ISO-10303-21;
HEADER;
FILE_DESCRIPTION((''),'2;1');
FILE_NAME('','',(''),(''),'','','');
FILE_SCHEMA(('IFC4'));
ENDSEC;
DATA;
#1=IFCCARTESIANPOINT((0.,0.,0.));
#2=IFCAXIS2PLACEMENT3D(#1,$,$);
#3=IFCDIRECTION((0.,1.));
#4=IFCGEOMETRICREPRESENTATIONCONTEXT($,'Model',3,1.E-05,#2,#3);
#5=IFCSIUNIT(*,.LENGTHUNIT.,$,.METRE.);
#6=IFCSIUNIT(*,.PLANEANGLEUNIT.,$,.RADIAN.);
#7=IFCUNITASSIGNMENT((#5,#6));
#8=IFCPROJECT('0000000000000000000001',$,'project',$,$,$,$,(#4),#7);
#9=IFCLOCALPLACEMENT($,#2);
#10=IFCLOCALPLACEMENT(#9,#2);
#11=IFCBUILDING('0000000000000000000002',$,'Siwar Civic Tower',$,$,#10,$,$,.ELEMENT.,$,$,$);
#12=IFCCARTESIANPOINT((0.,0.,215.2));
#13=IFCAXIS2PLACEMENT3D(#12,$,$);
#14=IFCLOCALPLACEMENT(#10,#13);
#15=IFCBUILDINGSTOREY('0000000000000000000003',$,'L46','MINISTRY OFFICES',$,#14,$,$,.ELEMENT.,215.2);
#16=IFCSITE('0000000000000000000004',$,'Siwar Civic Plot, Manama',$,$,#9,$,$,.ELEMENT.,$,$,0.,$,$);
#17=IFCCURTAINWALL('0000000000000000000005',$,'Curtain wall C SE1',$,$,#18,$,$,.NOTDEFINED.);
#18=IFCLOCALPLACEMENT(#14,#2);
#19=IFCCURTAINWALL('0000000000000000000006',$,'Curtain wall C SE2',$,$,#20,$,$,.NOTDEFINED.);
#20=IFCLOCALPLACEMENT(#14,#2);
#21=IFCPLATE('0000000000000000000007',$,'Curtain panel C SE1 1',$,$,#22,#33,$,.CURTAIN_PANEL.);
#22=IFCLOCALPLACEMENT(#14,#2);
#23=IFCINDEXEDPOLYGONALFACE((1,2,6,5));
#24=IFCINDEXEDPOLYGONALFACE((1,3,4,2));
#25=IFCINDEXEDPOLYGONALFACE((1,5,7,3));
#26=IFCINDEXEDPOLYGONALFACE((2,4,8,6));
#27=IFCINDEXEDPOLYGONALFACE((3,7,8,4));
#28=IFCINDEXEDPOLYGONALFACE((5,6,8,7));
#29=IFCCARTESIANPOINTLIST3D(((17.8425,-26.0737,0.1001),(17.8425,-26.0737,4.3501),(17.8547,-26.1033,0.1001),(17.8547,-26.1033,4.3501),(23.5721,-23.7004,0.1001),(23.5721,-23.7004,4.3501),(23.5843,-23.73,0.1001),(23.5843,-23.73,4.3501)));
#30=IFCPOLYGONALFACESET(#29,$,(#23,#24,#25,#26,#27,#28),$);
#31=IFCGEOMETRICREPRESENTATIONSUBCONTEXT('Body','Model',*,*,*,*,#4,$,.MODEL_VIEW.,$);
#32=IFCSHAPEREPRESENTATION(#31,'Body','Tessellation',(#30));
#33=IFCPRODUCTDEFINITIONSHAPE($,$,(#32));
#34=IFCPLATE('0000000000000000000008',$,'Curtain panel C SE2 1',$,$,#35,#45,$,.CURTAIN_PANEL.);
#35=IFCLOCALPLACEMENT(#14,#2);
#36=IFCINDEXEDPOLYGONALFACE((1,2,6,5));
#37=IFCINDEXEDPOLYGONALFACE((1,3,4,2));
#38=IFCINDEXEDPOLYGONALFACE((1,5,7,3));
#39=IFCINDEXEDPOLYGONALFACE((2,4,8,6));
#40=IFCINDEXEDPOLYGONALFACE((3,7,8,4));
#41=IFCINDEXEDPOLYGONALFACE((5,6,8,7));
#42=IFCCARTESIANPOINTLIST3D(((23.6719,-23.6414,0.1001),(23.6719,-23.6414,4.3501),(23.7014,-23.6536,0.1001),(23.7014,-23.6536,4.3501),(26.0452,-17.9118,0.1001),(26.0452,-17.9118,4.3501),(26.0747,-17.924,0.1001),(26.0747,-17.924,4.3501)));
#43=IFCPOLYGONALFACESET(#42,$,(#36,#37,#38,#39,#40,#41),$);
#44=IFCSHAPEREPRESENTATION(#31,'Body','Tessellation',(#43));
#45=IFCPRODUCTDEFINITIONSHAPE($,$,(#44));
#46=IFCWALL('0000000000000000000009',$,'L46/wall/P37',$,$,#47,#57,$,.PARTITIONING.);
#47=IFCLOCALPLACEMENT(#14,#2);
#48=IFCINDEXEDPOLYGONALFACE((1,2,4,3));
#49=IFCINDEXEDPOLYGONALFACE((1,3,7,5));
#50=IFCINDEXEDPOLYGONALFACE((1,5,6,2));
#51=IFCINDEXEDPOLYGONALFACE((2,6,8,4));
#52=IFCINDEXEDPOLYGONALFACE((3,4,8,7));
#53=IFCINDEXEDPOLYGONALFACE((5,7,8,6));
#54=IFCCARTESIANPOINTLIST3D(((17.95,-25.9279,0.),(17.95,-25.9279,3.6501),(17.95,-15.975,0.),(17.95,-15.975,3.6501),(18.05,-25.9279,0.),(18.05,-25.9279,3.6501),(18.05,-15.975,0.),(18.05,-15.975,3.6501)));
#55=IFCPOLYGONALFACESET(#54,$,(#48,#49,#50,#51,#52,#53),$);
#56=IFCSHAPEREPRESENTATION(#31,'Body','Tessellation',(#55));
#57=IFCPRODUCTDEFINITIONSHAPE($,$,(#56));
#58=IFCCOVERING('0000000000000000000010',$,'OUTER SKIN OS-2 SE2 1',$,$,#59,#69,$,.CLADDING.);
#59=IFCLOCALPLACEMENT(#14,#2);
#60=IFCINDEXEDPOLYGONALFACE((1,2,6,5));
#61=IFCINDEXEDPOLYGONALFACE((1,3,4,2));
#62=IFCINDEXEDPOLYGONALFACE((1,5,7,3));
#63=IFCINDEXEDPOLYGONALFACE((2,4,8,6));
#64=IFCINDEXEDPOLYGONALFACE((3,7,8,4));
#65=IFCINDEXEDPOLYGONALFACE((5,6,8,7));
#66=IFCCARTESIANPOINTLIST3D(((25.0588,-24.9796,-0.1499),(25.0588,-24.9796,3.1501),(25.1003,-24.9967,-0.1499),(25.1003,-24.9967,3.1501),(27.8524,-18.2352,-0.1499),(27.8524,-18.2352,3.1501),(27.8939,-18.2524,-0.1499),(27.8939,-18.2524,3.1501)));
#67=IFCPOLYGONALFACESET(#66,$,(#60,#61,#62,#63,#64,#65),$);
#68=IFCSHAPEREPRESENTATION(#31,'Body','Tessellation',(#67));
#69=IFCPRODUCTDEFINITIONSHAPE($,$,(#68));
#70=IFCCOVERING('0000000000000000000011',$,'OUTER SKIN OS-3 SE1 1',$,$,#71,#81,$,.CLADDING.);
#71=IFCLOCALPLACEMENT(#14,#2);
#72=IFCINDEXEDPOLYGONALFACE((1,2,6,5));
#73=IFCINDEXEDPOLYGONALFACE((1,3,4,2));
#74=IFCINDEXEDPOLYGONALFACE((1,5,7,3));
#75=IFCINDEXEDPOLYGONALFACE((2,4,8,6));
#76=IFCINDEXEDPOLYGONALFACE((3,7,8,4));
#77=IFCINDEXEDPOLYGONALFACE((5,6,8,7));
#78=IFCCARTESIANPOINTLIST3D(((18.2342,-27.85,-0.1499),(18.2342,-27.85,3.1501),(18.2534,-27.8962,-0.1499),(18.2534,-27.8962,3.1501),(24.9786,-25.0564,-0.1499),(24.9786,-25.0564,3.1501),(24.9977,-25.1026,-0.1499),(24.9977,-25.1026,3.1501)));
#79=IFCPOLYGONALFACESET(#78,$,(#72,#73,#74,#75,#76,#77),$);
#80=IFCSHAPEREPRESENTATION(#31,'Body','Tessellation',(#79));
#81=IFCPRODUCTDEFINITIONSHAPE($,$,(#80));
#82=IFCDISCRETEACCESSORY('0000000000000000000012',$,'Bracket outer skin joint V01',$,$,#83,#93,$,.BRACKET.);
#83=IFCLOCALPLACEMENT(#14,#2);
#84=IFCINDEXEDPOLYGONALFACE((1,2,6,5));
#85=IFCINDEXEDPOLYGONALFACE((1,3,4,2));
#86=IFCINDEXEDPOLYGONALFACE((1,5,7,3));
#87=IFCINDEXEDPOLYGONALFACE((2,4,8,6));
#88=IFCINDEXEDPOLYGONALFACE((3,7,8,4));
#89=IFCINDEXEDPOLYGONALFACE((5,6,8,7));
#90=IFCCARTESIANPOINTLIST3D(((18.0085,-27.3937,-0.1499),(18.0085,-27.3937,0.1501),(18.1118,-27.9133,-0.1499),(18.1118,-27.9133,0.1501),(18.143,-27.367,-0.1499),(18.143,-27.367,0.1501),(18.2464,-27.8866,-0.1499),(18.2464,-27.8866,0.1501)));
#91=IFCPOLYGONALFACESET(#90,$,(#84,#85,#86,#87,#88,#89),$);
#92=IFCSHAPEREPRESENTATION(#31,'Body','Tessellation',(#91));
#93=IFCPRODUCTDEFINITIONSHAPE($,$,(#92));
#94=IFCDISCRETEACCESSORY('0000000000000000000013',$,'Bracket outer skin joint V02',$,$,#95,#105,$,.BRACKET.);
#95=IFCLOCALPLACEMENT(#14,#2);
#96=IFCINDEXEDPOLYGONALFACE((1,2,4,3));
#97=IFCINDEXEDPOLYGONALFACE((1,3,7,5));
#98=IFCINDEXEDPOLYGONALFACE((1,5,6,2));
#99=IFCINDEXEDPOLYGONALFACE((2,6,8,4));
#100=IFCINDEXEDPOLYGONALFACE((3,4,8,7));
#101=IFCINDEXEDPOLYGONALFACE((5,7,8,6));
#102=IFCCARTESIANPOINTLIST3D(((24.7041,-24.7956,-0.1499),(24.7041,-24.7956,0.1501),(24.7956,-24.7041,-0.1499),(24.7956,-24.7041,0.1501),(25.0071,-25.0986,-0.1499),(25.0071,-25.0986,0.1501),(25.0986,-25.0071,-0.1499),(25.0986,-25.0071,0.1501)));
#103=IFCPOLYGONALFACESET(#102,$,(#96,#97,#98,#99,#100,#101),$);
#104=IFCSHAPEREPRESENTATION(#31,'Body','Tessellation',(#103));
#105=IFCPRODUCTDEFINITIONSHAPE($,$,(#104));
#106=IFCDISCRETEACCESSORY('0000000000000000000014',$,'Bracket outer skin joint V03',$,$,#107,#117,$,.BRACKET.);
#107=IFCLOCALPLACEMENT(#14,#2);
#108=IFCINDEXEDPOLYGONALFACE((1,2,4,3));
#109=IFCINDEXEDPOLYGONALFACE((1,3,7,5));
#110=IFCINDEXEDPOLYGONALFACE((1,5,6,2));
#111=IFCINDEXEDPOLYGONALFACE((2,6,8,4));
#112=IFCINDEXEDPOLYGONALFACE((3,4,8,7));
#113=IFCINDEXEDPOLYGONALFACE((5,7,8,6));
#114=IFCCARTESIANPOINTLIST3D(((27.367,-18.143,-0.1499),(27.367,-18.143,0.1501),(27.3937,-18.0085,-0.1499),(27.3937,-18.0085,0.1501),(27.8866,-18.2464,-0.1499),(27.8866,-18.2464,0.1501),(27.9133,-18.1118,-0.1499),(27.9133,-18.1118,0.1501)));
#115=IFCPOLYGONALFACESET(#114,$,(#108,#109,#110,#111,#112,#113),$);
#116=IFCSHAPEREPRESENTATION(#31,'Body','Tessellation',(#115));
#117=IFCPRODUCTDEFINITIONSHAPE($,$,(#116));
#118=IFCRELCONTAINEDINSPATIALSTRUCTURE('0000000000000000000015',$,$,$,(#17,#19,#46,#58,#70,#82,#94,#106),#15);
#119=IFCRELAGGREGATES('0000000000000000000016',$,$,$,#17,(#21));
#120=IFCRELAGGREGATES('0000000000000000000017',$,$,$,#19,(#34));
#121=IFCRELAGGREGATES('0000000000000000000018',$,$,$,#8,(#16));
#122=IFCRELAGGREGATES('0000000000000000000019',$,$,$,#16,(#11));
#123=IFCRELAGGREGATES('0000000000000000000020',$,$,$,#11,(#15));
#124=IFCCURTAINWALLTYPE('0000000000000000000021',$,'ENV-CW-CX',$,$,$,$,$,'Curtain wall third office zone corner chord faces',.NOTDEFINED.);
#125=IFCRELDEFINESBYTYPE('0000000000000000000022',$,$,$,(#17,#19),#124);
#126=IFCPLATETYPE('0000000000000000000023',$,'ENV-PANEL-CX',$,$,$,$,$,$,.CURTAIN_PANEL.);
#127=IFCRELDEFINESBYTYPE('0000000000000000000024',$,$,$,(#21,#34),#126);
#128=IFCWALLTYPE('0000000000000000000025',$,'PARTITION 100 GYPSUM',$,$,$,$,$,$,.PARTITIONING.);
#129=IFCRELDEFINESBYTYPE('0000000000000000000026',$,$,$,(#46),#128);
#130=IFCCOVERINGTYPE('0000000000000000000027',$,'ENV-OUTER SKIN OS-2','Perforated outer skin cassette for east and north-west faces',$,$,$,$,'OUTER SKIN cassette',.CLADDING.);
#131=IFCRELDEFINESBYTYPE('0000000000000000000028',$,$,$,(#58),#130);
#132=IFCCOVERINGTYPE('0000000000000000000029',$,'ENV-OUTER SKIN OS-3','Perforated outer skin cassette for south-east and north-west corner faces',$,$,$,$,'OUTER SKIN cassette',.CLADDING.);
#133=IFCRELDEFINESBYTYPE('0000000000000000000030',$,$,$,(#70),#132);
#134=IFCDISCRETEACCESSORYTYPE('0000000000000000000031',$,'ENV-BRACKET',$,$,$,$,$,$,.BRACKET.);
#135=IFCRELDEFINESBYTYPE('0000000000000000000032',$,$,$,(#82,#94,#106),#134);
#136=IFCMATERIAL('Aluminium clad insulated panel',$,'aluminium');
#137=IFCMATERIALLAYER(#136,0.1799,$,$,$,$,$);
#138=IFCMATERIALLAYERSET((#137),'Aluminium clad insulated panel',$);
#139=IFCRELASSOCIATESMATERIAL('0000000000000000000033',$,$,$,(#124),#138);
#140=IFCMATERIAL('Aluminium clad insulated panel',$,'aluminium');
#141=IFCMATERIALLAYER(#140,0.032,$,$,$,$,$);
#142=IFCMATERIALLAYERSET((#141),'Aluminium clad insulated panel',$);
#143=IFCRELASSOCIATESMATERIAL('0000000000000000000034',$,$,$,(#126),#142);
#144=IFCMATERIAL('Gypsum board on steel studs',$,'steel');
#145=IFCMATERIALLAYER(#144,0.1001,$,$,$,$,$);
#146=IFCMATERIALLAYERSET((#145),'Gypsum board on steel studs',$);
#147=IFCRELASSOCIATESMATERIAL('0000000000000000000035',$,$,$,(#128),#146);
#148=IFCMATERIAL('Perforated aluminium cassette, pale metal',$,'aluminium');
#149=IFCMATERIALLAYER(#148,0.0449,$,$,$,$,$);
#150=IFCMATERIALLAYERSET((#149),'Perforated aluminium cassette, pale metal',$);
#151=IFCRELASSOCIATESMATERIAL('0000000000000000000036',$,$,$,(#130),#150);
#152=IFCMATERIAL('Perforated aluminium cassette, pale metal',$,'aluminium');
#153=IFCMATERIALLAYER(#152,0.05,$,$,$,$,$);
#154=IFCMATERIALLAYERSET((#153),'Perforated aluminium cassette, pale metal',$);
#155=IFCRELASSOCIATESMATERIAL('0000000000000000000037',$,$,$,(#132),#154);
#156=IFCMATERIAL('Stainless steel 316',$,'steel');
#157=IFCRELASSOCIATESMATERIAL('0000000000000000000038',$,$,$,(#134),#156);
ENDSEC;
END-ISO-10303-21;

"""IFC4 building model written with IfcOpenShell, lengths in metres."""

from ifc_helpers import new_model, si_unit, direction, frame, frame_2d, origin, origin_2d, place, context, subcontext, project, spatial, rectangle, extrude, material, layer, layer_set, type_object, element, aggregate, save


model = new_model("IFC4")

# Units and contexts
model_context = context("Model", 3, precision=1e-05, world=origin(), true_north=direction((0.0, 1.0)))
body_context = subcontext(model_context, "Body", "Model", "MODEL_VIEW")
ifc_project = project(units=[si_unit("LENGTHUNIT", "METRE"), si_unit("PLANEANGLEUNIT", "RADIAN")], contexts=[model_context])

# Site, building, storey
site_placement = place(None, origin())
site = spatial("IfcSite", under=ifc_project, at=site_placement, Name="Siwar Civic Plot, Manama", CompositionType="ELEMENT", RefElevation=0.0)
building_placement = place(site_placement, origin())
building = spatial("IfcBuilding", under=site, at=building_placement, Name="Siwar Civic Tower", CompositionType="ELEMENT")
storey_placement = place(building_placement, frame((0.0, 0.0, 215.2)))
storey = spatial("IfcBuildingStorey", under=building, at=storey_placement, Name="L46", Description="MINISTRY OFFICES", CompositionType="ELEMENT", Elevation=215.2)

# Curtain walls
ifc_material_1 = material(Name="Aluminium clad insulated panel", Category="aluminium")
ifc_layer_1 = layer(ifc_material_1, 0.1799)
ifc_layer_set_1 = layer_set([ifc_layer_1], Name="Aluminium clad insulated panel")
curtain_wall_type = type_object("IfcCurtainWallType", Name="ENV-CW-CX", ElementType="Curtain wall third office zone corner chord faces", PredefinedType="NOTDEFINED", material=ifc_layer_set_1)
curtain_wall_1_placement = place(storey_placement, origin())
curtain_wall_1 = element("IfcCurtainWall", 1, at=curtain_wall_1_placement, inside=storey, type_object=curtain_wall_type, Name="Curtain wall C SE1", PredefinedType="NOTDEFINED")
curtain_wall_2_placement = place(storey_placement, origin())
curtain_wall_2 = element("IfcCurtainWall", 2, at=curtain_wall_2_placement, inside=storey, type_object=curtain_wall_type, Name="Curtain wall C SE2", PredefinedType="NOTDEFINED")

# Plates
ifc_material_2 = material(Name="Aluminium clad insulated panel", Category="aluminium")
ifc_layer_2 = layer(ifc_material_2, 0.032)
ifc_layer_set_2 = layer_set([ifc_layer_2], Name="Aluminium clad insulated panel")
plate_type = type_object("IfcPlateType", Name="ENV-PANEL-CX", PredefinedType="CURTAIN_PANEL", material=ifc_layer_set_2)
plate_1_placement = place(storey_placement, frame((20.7134, -24.9019, 0.1001), z_axis=(0.0, 0.0, 1.0), x_axis=(0.92388, 0.382683, 0.0)))
plate_1 = element("IfcPlate", 3, at=plate_1_placement, type_object=plate_type, Name="Curtain panel C SE1 1", PredefinedType="CURTAIN_PANEL", context=body_context, shape_type="SweptSolid", body=[
    extrude(rectangle(XDim=6.2017, YDim=0.032, at=origin_2d()), origin(), (0.0, 0.0, 1.0), 4.25),
])
aggregate(curtain_wall_1, [plate_1])
plate_2_placement = place(storey_placement, frame((24.8733, -20.7827, 0.1001), z_axis=(0.0, 0.0, 1.0), x_axis=(0.382683, 0.92388, 0.0)))
plate_2 = element("IfcPlate", 4, at=plate_2_placement, type_object=plate_type, Name="Curtain panel C SE2 1", PredefinedType="CURTAIN_PANEL", context=body_context, shape_type="SweptSolid", body=[
    extrude(rectangle(XDim=6.2017, YDim=0.032, at=origin_2d()), origin(), (0.0, 0.0, 1.0), 4.25),
])
aggregate(curtain_wall_2, [plate_2])

# Wall
ifc_material_3 = material(Name="Gypsum board on steel studs", Category="steel")
ifc_layer_3 = layer(ifc_material_3, 0.1001)
ifc_layer_set_3 = layer_set([ifc_layer_3], Name="Gypsum board on steel studs")
wall_type = type_object("IfcWallType", Name="PARTITION 100 GYPSUM", PredefinedType="PARTITIONING", material=ifc_layer_set_3)
wall_placement = place(storey_placement, frame((18.0, -25.928, 0.0), z_axis=(0.0, 0.0, 1.0), x_axis=(0.0, 1.0, 0.0)))
element("IfcWall", 5, at=wall_placement, inside=storey, type_object=wall_type, Name="L46/wall/P37", PredefinedType="PARTITIONING", context=body_context, shape_type="SweptSolid", body=[
    extrude(rectangle(XDim=9.9529, YDim=0.1001, at=frame_2d((4.9766, 0.0))), origin(), (0.0, 0.0, 1.0), 3.6501),
])

# Coverings
ifc_material_4 = material(Name="Perforated aluminium cassette, pale metal", Category="aluminium")
ifc_layer_4 = layer(ifc_material_4, 0.0449)
ifc_layer_set_4 = layer_set([ifc_layer_4], Name="Perforated aluminium cassette, pale metal")
covering_type_1 = type_object("IfcCoveringType", Name="ENV-OUTER SKIN OS-2", Description="Perforated outer skin cassette for east and north-west faces", ElementType="OUTER SKIN cassette", PredefinedType="CLADDING", material=ifc_layer_set_4)
covering_1_placement = place(storey_placement, frame((26.4763, -21.616, -0.1499), z_axis=(0.0, 0.0, 1.0), x_axis=(0.382683, 0.92388, 0.0)))
element("IfcCovering", 6, at=covering_1_placement, inside=storey, type_object=covering_type_1, Name="OUTER SKIN OS-2 SE2 1", PredefinedType="CLADDING", context=body_context, shape_type="SweptSolid", body=[
    extrude(rectangle(XDim=7.3, YDim=0.0449, at=origin_2d()), origin(), (0.0, 0.0, 1.0), 3.3),
])
ifc_material_5 = material(Name="Perforated aluminium cassette, pale metal", Category="aluminium")
ifc_layer_5 = layer(ifc_material_5, 0.05)
ifc_layer_set_5 = layer_set([ifc_layer_5], Name="Perforated aluminium cassette, pale metal")
covering_type_2 = type_object("IfcCoveringType", Name="ENV-OUTER SKIN OS-3", Description="Perforated outer skin cassette for south-east and north-west corner faces", ElementType="OUTER SKIN cassette", PredefinedType="CLADDING", material=ifc_layer_set_5)
covering_2_placement = place(storey_placement, frame((21.616, -26.4763, -0.1499), z_axis=(0.0, 0.0, 1.0), x_axis=(0.92388, 0.382683, 0.0)))
element("IfcCovering", 7, at=covering_2_placement, inside=storey, type_object=covering_type_2, Name="OUTER SKIN OS-3 SE1 1", PredefinedType="CLADDING", context=body_context, shape_type="SweptSolid", body=[
    extrude(rectangle(XDim=7.3, YDim=0.05, at=origin_2d()), origin(), (0.0, 0.0, 1.0), 3.3),
])

# Discrete accessories
ifc_material_6 = material(Name="Stainless steel 316", Category="steel")
discrete_accessory_type = type_object("IfcDiscreteAccessoryType", Name="ENV-BRACKET", PredefinedType="BRACKET", material=ifc_material_6)
discrete_accessory_1_placement = place(storey_placement, frame((18.1274, -27.6401, -0.1499), z_axis=(0.0, 0.0, 1.0), x_axis=(0.19509, -0.980785, 0.0)))
element("IfcDiscreteAccessory", 8, at=discrete_accessory_1_placement, inside=storey, type_object=discrete_accessory_type, Name="Bracket outer skin joint V01", PredefinedType="BRACKET", context=body_context, shape_type="SweptSolid", body=[
    extrude(rectangle(XDim=0.5298, YDim=0.1372, at=origin_2d()), origin(), (0.0, 0.0, 1.0), 0.3),
])
discrete_accessory_2_placement = place(storey_placement, frame((24.9014, -24.9014, -0.1499), z_axis=(0.0, 0.0, 1.0), x_axis=(0.707107, -0.707107, 0.0)))
element("IfcDiscreteAccessory", 9, at=discrete_accessory_2_placement, inside=storey, type_object=discrete_accessory_type, Name="Bracket outer skin joint V02", PredefinedType="BRACKET", context=body_context, shape_type="SweptSolid", body=[
    extrude(rectangle(XDim=0.4285, YDim=0.1294, at=origin_2d()), origin(), (0.0, 0.0, 1.0), 0.3),
])
discrete_accessory_3_placement = place(storey_placement, frame((27.6401, -18.1274, -0.1499), z_axis=(0.0, 0.0, 1.0), x_axis=(0.980785, -0.19509, 0.0)))
element("IfcDiscreteAccessory", 10, at=discrete_accessory_3_placement, inside=storey, type_object=discrete_accessory_type, Name="Bracket outer skin joint V03", PredefinedType="BRACKET", context=body_context, shape_type="SweptSolid", body=[
    extrude(rectangle(XDim=0.5298, YDim=0.1372, at=origin_2d()), origin(), (0.0, 0.0, 1.0), 0.3),
])

save(model, "model.ifc")
